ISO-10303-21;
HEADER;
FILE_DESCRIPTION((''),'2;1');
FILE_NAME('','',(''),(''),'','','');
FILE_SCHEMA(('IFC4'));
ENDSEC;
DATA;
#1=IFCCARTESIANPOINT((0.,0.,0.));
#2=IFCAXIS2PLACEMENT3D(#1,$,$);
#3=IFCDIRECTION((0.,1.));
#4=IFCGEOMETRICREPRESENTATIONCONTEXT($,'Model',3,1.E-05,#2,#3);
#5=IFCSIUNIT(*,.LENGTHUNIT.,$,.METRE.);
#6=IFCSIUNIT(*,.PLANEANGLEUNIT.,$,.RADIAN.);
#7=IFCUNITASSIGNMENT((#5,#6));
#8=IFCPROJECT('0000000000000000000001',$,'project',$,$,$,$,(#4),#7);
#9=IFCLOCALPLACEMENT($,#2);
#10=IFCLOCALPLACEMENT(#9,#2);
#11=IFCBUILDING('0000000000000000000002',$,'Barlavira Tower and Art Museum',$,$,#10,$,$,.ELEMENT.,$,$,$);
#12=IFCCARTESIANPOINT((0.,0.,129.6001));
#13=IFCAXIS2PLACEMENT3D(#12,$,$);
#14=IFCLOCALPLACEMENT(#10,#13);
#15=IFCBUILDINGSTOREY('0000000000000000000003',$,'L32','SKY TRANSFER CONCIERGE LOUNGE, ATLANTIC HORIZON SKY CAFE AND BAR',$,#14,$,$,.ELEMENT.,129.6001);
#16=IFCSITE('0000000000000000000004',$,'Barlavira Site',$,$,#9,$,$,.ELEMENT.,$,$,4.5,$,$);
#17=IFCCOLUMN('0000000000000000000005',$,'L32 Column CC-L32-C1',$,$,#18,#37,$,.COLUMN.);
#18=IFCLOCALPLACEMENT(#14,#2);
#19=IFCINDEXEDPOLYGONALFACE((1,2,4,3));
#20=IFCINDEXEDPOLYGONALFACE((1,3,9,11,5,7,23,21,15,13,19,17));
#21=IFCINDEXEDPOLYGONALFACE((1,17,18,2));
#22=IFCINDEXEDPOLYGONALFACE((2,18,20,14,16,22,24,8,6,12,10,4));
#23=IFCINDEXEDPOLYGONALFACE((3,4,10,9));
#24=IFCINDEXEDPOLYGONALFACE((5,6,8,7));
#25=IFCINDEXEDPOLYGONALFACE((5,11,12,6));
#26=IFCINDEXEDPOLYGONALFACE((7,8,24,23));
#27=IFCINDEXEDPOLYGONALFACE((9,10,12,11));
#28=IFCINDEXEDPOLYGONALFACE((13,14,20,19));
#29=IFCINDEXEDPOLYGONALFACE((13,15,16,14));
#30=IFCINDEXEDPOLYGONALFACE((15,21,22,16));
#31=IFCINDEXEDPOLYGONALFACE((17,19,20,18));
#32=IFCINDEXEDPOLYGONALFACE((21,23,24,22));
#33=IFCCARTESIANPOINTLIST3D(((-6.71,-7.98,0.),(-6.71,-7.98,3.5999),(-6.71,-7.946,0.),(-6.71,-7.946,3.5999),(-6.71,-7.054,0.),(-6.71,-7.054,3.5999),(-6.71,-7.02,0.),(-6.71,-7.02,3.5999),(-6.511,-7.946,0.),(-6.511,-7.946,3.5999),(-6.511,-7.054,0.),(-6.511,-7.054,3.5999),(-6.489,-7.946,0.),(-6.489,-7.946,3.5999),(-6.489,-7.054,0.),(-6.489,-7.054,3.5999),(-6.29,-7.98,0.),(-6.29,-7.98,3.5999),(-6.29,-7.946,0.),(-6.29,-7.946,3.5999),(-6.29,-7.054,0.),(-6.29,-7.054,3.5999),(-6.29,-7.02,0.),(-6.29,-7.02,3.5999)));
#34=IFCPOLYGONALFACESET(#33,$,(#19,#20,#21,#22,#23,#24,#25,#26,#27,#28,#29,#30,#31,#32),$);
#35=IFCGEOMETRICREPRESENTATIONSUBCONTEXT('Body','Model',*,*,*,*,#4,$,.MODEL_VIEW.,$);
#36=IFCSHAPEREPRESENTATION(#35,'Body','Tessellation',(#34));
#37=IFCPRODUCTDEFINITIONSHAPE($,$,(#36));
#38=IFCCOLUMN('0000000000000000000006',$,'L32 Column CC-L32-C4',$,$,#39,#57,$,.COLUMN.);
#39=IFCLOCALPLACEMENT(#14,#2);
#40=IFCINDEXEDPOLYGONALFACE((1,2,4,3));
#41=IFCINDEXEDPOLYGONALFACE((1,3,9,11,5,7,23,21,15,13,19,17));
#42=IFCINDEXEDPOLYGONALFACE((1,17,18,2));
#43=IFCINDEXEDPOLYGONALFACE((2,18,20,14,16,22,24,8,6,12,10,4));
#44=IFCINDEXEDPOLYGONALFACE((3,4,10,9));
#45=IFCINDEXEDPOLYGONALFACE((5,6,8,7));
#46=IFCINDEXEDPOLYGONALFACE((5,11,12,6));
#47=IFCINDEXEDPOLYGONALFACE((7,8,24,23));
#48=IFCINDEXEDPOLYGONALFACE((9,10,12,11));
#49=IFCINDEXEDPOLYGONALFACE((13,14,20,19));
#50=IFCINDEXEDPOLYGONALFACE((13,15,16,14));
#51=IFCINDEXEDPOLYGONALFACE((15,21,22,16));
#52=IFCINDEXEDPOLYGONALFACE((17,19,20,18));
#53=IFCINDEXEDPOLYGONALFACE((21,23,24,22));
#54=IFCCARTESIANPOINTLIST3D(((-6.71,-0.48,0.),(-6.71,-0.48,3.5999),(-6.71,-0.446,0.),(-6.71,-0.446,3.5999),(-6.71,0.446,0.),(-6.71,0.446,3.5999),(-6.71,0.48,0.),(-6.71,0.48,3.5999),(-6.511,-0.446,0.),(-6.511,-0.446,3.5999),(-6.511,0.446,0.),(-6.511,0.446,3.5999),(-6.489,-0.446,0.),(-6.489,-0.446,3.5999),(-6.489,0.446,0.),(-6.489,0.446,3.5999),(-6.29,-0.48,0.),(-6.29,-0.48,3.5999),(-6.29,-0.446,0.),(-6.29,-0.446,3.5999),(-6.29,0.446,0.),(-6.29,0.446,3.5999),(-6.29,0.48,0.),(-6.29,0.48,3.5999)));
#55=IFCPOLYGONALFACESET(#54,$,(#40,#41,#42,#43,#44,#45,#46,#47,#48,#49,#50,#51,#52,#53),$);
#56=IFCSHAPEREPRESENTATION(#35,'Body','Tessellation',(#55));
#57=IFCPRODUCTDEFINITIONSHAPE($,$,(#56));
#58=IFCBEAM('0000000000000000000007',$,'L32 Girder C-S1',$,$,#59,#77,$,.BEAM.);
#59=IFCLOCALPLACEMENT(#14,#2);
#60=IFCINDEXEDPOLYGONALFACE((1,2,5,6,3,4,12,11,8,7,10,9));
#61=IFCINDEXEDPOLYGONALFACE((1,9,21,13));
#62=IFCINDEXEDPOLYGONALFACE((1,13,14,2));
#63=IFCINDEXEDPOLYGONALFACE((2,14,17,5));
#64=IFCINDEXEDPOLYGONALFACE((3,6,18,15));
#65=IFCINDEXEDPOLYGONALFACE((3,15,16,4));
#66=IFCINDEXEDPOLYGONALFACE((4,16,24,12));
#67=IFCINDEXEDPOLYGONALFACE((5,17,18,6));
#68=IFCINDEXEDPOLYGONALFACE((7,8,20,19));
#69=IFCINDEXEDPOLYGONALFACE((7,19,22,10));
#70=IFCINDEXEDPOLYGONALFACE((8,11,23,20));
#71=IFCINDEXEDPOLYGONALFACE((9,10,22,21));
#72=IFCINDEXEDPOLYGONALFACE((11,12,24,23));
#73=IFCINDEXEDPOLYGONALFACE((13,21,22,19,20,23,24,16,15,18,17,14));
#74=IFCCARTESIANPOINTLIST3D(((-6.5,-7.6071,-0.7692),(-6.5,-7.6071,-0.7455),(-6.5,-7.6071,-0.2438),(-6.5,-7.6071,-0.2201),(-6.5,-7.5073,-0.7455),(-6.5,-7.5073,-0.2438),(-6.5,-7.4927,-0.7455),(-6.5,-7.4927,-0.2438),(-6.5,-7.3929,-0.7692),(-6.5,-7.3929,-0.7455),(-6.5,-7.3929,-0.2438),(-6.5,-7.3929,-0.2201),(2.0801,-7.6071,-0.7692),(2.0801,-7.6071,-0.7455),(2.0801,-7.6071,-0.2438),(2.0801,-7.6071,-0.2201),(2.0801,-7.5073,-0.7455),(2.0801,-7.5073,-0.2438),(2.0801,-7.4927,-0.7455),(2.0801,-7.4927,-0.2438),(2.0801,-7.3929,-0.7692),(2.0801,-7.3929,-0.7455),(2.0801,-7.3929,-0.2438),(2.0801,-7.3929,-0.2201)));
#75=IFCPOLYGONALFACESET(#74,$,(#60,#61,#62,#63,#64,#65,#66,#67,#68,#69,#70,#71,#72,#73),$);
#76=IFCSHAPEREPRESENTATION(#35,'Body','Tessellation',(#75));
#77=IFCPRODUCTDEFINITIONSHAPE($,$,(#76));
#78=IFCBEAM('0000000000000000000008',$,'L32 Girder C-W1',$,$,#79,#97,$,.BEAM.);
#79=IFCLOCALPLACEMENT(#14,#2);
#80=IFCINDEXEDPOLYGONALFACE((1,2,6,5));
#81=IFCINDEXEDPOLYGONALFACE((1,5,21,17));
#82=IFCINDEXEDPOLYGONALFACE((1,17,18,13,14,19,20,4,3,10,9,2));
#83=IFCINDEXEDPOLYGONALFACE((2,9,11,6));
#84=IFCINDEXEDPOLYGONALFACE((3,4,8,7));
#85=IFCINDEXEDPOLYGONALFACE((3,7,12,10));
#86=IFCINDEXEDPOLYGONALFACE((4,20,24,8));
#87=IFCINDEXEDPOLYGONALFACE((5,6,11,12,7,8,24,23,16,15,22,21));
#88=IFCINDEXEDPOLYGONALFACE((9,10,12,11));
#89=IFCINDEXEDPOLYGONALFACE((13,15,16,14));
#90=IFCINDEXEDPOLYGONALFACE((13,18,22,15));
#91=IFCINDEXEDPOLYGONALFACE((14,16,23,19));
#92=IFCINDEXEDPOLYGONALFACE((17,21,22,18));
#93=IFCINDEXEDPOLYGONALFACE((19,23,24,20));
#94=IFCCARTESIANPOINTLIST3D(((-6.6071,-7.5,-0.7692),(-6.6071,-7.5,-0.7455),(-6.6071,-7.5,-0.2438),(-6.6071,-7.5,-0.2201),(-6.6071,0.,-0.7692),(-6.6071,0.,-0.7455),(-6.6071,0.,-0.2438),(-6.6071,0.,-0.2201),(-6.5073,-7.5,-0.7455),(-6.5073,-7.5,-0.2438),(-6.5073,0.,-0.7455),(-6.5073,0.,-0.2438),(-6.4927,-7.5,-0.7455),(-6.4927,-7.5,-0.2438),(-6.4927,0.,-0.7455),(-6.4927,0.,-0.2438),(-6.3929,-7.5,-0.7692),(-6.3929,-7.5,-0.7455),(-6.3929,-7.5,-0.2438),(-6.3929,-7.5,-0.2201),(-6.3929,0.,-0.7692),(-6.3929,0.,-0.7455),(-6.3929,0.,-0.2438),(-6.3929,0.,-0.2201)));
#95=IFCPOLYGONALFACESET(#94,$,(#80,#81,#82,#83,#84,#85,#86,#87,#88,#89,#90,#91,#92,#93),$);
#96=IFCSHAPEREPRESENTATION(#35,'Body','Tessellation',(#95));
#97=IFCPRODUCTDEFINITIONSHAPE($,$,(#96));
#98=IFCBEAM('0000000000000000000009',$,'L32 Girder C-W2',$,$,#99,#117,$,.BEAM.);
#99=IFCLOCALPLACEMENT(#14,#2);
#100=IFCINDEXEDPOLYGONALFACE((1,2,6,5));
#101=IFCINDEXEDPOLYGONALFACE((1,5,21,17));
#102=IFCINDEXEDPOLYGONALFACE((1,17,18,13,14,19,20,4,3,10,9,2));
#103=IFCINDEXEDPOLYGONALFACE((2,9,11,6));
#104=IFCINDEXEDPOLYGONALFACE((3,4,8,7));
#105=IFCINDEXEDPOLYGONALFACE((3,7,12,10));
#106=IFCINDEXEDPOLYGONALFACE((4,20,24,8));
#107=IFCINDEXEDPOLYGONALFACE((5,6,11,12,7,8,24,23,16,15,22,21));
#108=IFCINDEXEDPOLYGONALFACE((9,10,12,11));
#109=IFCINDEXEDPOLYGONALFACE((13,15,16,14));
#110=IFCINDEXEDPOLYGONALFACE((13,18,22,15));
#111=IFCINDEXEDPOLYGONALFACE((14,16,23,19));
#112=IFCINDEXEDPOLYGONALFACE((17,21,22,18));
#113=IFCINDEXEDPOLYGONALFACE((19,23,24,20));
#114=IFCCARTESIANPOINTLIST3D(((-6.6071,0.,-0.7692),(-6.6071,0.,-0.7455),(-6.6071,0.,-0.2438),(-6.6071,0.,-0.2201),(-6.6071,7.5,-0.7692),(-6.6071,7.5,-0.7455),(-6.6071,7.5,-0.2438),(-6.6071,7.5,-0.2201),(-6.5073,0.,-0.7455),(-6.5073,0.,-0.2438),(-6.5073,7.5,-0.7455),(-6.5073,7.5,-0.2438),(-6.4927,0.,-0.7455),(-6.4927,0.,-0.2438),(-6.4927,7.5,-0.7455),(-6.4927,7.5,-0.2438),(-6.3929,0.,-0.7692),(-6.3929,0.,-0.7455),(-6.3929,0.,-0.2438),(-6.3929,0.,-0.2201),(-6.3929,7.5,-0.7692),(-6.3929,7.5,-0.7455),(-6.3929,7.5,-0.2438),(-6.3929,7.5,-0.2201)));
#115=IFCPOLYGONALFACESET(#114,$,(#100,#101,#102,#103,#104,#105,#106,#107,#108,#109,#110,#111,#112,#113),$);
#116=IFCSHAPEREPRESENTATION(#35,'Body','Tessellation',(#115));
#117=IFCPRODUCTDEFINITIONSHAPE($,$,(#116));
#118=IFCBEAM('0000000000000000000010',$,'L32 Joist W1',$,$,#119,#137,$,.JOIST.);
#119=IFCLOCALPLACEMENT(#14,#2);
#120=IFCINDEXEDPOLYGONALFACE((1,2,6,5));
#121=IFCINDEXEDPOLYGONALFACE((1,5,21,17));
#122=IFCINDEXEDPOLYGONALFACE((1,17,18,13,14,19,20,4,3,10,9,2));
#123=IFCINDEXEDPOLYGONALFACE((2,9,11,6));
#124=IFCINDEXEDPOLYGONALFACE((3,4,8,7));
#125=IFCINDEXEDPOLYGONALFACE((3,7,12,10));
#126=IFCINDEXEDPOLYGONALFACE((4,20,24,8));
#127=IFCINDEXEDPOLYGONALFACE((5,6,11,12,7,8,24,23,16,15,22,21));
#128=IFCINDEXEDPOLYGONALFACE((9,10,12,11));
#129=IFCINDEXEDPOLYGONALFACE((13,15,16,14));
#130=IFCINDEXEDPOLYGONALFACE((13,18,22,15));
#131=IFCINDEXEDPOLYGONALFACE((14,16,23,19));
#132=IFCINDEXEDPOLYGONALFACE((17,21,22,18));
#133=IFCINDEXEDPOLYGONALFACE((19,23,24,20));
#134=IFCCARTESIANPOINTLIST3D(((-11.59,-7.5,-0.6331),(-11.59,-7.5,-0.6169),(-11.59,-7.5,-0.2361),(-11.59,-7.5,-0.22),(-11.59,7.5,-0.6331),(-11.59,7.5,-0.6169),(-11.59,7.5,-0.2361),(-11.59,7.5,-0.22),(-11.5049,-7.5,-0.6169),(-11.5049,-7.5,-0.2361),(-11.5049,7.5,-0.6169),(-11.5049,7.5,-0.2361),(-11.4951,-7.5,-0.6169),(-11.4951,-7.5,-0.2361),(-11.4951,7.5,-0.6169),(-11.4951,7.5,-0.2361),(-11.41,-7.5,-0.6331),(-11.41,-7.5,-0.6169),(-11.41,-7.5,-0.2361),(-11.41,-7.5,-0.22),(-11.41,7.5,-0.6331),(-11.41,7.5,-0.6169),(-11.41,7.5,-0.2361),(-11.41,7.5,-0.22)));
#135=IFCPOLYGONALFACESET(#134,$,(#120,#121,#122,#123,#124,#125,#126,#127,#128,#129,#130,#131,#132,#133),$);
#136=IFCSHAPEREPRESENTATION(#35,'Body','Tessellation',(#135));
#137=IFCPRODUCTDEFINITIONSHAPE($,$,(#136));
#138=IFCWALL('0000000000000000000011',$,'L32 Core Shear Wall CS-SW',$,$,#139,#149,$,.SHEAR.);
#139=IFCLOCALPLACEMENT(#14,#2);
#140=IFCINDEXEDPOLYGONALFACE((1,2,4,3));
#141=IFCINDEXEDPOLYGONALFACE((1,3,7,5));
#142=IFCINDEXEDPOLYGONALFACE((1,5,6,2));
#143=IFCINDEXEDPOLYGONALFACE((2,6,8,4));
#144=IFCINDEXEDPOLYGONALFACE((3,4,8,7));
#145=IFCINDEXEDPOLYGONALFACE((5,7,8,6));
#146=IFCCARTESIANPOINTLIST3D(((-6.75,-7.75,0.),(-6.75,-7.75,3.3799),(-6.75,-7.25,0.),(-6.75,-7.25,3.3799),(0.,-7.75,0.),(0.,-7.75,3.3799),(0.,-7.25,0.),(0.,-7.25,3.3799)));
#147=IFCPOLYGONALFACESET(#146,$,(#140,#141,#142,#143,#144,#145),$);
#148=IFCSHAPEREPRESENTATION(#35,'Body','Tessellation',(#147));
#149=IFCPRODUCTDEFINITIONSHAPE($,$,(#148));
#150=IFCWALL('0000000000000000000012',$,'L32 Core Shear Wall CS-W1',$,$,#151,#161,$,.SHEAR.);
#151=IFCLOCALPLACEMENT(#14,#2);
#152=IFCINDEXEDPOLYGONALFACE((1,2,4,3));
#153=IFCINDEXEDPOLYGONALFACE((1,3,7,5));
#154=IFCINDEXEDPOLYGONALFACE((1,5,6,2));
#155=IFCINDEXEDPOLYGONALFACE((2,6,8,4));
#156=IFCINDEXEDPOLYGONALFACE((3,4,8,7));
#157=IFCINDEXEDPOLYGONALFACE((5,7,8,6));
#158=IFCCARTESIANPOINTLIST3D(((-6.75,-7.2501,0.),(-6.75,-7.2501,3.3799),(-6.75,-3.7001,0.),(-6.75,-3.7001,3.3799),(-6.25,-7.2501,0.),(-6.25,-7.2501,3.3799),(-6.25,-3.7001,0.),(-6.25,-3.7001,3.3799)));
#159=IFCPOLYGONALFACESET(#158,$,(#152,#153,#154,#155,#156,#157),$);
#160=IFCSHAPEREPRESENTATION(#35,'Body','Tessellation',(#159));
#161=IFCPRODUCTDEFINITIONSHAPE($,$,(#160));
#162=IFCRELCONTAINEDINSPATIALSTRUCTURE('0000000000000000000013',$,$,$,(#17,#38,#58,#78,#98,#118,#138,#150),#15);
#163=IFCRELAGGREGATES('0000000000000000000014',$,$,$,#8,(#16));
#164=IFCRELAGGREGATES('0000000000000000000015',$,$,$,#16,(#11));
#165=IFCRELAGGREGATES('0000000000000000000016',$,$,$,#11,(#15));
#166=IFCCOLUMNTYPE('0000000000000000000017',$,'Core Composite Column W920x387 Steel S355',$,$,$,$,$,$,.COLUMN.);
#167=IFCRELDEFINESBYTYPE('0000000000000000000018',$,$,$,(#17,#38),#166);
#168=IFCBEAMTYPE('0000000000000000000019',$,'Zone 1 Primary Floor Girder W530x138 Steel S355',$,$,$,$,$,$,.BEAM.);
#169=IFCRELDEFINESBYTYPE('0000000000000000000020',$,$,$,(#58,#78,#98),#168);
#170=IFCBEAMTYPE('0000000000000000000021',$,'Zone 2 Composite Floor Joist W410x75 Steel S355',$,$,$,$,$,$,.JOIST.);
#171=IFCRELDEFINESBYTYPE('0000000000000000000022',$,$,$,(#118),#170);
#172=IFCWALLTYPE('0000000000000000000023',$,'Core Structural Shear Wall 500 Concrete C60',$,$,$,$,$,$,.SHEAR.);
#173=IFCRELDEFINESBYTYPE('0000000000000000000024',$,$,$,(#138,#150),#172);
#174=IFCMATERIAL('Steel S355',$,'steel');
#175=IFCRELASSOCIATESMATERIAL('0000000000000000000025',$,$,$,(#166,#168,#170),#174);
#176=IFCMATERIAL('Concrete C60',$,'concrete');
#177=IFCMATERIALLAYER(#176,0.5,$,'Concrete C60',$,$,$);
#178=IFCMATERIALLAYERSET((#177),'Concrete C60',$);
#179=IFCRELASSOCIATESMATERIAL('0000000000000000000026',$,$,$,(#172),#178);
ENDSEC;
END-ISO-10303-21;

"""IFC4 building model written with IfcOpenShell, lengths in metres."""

from ifc_helpers import new_model, si_unit, direction, frame, frame_2d, origin, origin_2d, place, context, subcontext, project, spatial, rectangle, i_section, extrude, material, layer, layer_set, material_profile, profile_set, type_object, element, save


model = new_model("IFC4")

# Units and contexts
model_context = context("Model", 3, precision=1e-05, world=origin(), true_north=direction((0.0, 1.0)))
body_context = subcontext(model_context, "Body", "Model", "MODEL_VIEW")
ifc_project = project(units=[si_unit("LENGTHUNIT", "METRE"), si_unit("PLANEANGLEUNIT", "RADIAN")], contexts=[model_context])

# Site, building, storey
site_placement = place(None, origin())
site = spatial("IfcSite", under=ifc_project, at=site_placement, Name="Barlavira Site", CompositionType="ELEMENT", RefElevation=4.5)
building_placement = place(site_placement, origin())
building = spatial("IfcBuilding", under=site, at=building_placement, Name="Barlavira Tower and Art Museum", CompositionType="ELEMENT")
storey_placement = place(building_placement, frame((0.0, 0.0, 129.6001)))
storey = spatial("IfcBuildingStorey", under=building, at=storey_placement, Name="L32", Description="SKY TRANSFER CONCIERGE LOUNGE, ATLANTIC HORIZON SKY CAFE AND BAR", CompositionType="ELEMENT", Elevation=129.6001)

# Columns
ifc_material_1 = material(Name="Steel S355", Category="steel")
ifc_material_profile_1 = material_profile(ifc_material_1, i_section(OverallWidth=0.4199, OverallDepth=0.96, WebThickness=0.022, FlangeThickness=0.0339, at=origin_2d()), Name="W920x387.0")
ifc_profile_set_1 = profile_set([ifc_material_profile_1], Name="Steel S355")
column_type = type_object("IfcColumnType", Name="Core Composite Column W920x387 Steel S355", PredefinedType="COLUMN", material=ifc_profile_set_1)
for number, where, z_axis, x_axis, name in (
    (1, (-6.5, -7.5, 0.0), (0.0, 0.0, 1.0), (1.0, 0.0, 0.0), "L32 Column CC-L32-C1"),
    (2, (-6.5, 0.0, 0.0), (0.0, 0.0, 1.0), (1.0, 0.0, 0.0), "L32 Column CC-L32-C4"),
):
    element("IfcColumn", number, at=place(storey_placement, frame(where, z_axis=z_axis, x_axis=x_axis)), inside=storey, type_object=column_type, Name=name, PredefinedType="COLUMN", context=body_context, shape_type="SweptSolid", body=[
        extrude(i_section(OverallWidth=0.4199, OverallDepth=0.96, WebThickness=0.022, FlangeThickness=0.0339, at=origin_2d()), origin(), (0.0, 0.0, 1.0), 3.5999),
    ])

# Beams
ifc_material_profile_2 = material_profile(ifc_material_1, i_section(OverallWidth=0.2141, OverallDepth=0.5491, WebThickness=0.0146, FlangeThickness=0.0237, at=origin_2d()), Name="W530x138.0")
ifc_profile_set_2 = profile_set([ifc_material_profile_2], Name="Steel S355")
beam_type_1 = type_object("IfcBeamType", Name="Zone 1 Primary Floor Girder W530x138 Steel S355", PredefinedType="BEAM", material=ifc_profile_set_2)
beam_1_placement = place(storey_placement, frame((-6.5, -7.5, -0.4946), z_axis=(1.0, 0.0, 0.0), x_axis=(0.0, 1.0, 0.0)))
element("IfcBeam", 3, at=beam_1_placement, inside=storey, type_object=beam_type_1, Name="L32 Girder C-S1", PredefinedType="BEAM", context=body_context, shape_type="SweptSolid", body=[
    extrude(i_section(OverallWidth=0.2141, OverallDepth=0.5491, WebThickness=0.0146, FlangeThickness=0.0237, at=origin_2d()), origin(), (0.0, 0.0, 1.0), 8.5801),
])
for number, where, z_axis, x_axis, name in (
    (4, (-6.5, -7.5, -0.4946), (0.0, 1.0, 0.0), (-1.0, 0.0, 0.0), "L32 Girder C-W1"),
    (5, (-6.5, 0.0, -0.4946), (0.0, 1.0, 0.0), (-1.0, 0.0, 0.0), "L32 Girder C-W2"),
):
    element("IfcBeam", number, at=place(storey_placement, frame(where, z_axis=z_axis, x_axis=x_axis)), inside=storey, type_object=beam_type_1, Name=name, PredefinedType="BEAM", context=body_context, shape_type="SweptSolid", body=[
        extrude(i_section(OverallWidth=0.2141, OverallDepth=0.5491, WebThickness=0.0146, FlangeThickness=0.0237, at=origin_2d()), origin(), (0.0, 0.0, 1.0), 7.5),
    ])
ifc_material_profile_3 = material_profile(ifc_material_1, i_section(OverallWidth=0.1799, OverallDepth=0.4131, WebThickness=0.0098, FlangeThickness=0.0161, at=origin_2d()), Name="W410x75.0")
ifc_profile_set_3 = profile_set([ifc_material_profile_3], Name="Steel S355")
beam_type_2 = type_object("IfcBeamType", Name="Zone 2 Composite Floor Joist W410x75 Steel S355", PredefinedType="JOIST", material=ifc_profile_set_3)
beam_2_placement = place(storey_placement, frame((-11.5, -7.5, -0.4265), z_axis=(0.0, 1.0, 0.0), x_axis=(-1.0, 0.0, 0.0)))
element("IfcBeam", 6, at=beam_2_placement, inside=storey, type_object=beam_type_2, Name="L32 Joist W1", PredefinedType="JOIST", context=body_context, shape_type="SweptSolid", body=[
    extrude(i_section(OverallWidth=0.1799, OverallDepth=0.4131, WebThickness=0.0098, FlangeThickness=0.0161, at=origin_2d()), origin(), (0.0, 0.0, 1.0), 15.0),
])

# Walls
ifc_material_2 = material(Name="Concrete C60", Category="concrete")
ifc_layer_1 = layer(ifc_material_2, 0.5, Name="Concrete C60")
ifc_layer_set_1 = layer_set([ifc_layer_1], Name="Concrete C60")
wall_type_1 = type_object("IfcWallType", Name="Core Structural Shear Wall 500 Concrete C60", PredefinedType="SHEAR", material=ifc_layer_set_1)
wall_1_placement = place(storey_placement, frame((-6.75, -7.5, 0.0), z_axis=(0.0, 0.0, 1.0), x_axis=(1.0, 0.0, 0.0)))
element("IfcWall", 7, at=wall_1_placement, inside=storey, type_object=wall_type_1, Name="L32 Core Shear Wall CS-SW", PredefinedType="SHEAR", context=body_context, shape_type="SweptSolid", body=[
    extrude(rectangle(XDim=6.75, YDim=0.5, at=frame_2d((3.375, 0.0))), origin(), (0.0, 0.0, 1.0), 3.3799),
])
wall_2_placement = place(storey_placement, frame((-6.5, -7.25, 0.0), z_axis=(0.0, 0.0, 1.0), x_axis=(0.0, 1.0, 0.0)))
element("IfcWall", 8, at=wall_2_placement, inside=storey, type_object=wall_type_1, Name="L32 Core Shear Wall CS-W1", PredefinedType="SHEAR", context=body_context, shape_type="SweptSolid", body=[
    extrude(rectangle(XDim=3.55, YDim=0.5, at=frame_2d((1.7749, 0.0))), origin(), (0.0, 0.0, 1.0), 3.3799),
])

save(model, "model.ifc")
